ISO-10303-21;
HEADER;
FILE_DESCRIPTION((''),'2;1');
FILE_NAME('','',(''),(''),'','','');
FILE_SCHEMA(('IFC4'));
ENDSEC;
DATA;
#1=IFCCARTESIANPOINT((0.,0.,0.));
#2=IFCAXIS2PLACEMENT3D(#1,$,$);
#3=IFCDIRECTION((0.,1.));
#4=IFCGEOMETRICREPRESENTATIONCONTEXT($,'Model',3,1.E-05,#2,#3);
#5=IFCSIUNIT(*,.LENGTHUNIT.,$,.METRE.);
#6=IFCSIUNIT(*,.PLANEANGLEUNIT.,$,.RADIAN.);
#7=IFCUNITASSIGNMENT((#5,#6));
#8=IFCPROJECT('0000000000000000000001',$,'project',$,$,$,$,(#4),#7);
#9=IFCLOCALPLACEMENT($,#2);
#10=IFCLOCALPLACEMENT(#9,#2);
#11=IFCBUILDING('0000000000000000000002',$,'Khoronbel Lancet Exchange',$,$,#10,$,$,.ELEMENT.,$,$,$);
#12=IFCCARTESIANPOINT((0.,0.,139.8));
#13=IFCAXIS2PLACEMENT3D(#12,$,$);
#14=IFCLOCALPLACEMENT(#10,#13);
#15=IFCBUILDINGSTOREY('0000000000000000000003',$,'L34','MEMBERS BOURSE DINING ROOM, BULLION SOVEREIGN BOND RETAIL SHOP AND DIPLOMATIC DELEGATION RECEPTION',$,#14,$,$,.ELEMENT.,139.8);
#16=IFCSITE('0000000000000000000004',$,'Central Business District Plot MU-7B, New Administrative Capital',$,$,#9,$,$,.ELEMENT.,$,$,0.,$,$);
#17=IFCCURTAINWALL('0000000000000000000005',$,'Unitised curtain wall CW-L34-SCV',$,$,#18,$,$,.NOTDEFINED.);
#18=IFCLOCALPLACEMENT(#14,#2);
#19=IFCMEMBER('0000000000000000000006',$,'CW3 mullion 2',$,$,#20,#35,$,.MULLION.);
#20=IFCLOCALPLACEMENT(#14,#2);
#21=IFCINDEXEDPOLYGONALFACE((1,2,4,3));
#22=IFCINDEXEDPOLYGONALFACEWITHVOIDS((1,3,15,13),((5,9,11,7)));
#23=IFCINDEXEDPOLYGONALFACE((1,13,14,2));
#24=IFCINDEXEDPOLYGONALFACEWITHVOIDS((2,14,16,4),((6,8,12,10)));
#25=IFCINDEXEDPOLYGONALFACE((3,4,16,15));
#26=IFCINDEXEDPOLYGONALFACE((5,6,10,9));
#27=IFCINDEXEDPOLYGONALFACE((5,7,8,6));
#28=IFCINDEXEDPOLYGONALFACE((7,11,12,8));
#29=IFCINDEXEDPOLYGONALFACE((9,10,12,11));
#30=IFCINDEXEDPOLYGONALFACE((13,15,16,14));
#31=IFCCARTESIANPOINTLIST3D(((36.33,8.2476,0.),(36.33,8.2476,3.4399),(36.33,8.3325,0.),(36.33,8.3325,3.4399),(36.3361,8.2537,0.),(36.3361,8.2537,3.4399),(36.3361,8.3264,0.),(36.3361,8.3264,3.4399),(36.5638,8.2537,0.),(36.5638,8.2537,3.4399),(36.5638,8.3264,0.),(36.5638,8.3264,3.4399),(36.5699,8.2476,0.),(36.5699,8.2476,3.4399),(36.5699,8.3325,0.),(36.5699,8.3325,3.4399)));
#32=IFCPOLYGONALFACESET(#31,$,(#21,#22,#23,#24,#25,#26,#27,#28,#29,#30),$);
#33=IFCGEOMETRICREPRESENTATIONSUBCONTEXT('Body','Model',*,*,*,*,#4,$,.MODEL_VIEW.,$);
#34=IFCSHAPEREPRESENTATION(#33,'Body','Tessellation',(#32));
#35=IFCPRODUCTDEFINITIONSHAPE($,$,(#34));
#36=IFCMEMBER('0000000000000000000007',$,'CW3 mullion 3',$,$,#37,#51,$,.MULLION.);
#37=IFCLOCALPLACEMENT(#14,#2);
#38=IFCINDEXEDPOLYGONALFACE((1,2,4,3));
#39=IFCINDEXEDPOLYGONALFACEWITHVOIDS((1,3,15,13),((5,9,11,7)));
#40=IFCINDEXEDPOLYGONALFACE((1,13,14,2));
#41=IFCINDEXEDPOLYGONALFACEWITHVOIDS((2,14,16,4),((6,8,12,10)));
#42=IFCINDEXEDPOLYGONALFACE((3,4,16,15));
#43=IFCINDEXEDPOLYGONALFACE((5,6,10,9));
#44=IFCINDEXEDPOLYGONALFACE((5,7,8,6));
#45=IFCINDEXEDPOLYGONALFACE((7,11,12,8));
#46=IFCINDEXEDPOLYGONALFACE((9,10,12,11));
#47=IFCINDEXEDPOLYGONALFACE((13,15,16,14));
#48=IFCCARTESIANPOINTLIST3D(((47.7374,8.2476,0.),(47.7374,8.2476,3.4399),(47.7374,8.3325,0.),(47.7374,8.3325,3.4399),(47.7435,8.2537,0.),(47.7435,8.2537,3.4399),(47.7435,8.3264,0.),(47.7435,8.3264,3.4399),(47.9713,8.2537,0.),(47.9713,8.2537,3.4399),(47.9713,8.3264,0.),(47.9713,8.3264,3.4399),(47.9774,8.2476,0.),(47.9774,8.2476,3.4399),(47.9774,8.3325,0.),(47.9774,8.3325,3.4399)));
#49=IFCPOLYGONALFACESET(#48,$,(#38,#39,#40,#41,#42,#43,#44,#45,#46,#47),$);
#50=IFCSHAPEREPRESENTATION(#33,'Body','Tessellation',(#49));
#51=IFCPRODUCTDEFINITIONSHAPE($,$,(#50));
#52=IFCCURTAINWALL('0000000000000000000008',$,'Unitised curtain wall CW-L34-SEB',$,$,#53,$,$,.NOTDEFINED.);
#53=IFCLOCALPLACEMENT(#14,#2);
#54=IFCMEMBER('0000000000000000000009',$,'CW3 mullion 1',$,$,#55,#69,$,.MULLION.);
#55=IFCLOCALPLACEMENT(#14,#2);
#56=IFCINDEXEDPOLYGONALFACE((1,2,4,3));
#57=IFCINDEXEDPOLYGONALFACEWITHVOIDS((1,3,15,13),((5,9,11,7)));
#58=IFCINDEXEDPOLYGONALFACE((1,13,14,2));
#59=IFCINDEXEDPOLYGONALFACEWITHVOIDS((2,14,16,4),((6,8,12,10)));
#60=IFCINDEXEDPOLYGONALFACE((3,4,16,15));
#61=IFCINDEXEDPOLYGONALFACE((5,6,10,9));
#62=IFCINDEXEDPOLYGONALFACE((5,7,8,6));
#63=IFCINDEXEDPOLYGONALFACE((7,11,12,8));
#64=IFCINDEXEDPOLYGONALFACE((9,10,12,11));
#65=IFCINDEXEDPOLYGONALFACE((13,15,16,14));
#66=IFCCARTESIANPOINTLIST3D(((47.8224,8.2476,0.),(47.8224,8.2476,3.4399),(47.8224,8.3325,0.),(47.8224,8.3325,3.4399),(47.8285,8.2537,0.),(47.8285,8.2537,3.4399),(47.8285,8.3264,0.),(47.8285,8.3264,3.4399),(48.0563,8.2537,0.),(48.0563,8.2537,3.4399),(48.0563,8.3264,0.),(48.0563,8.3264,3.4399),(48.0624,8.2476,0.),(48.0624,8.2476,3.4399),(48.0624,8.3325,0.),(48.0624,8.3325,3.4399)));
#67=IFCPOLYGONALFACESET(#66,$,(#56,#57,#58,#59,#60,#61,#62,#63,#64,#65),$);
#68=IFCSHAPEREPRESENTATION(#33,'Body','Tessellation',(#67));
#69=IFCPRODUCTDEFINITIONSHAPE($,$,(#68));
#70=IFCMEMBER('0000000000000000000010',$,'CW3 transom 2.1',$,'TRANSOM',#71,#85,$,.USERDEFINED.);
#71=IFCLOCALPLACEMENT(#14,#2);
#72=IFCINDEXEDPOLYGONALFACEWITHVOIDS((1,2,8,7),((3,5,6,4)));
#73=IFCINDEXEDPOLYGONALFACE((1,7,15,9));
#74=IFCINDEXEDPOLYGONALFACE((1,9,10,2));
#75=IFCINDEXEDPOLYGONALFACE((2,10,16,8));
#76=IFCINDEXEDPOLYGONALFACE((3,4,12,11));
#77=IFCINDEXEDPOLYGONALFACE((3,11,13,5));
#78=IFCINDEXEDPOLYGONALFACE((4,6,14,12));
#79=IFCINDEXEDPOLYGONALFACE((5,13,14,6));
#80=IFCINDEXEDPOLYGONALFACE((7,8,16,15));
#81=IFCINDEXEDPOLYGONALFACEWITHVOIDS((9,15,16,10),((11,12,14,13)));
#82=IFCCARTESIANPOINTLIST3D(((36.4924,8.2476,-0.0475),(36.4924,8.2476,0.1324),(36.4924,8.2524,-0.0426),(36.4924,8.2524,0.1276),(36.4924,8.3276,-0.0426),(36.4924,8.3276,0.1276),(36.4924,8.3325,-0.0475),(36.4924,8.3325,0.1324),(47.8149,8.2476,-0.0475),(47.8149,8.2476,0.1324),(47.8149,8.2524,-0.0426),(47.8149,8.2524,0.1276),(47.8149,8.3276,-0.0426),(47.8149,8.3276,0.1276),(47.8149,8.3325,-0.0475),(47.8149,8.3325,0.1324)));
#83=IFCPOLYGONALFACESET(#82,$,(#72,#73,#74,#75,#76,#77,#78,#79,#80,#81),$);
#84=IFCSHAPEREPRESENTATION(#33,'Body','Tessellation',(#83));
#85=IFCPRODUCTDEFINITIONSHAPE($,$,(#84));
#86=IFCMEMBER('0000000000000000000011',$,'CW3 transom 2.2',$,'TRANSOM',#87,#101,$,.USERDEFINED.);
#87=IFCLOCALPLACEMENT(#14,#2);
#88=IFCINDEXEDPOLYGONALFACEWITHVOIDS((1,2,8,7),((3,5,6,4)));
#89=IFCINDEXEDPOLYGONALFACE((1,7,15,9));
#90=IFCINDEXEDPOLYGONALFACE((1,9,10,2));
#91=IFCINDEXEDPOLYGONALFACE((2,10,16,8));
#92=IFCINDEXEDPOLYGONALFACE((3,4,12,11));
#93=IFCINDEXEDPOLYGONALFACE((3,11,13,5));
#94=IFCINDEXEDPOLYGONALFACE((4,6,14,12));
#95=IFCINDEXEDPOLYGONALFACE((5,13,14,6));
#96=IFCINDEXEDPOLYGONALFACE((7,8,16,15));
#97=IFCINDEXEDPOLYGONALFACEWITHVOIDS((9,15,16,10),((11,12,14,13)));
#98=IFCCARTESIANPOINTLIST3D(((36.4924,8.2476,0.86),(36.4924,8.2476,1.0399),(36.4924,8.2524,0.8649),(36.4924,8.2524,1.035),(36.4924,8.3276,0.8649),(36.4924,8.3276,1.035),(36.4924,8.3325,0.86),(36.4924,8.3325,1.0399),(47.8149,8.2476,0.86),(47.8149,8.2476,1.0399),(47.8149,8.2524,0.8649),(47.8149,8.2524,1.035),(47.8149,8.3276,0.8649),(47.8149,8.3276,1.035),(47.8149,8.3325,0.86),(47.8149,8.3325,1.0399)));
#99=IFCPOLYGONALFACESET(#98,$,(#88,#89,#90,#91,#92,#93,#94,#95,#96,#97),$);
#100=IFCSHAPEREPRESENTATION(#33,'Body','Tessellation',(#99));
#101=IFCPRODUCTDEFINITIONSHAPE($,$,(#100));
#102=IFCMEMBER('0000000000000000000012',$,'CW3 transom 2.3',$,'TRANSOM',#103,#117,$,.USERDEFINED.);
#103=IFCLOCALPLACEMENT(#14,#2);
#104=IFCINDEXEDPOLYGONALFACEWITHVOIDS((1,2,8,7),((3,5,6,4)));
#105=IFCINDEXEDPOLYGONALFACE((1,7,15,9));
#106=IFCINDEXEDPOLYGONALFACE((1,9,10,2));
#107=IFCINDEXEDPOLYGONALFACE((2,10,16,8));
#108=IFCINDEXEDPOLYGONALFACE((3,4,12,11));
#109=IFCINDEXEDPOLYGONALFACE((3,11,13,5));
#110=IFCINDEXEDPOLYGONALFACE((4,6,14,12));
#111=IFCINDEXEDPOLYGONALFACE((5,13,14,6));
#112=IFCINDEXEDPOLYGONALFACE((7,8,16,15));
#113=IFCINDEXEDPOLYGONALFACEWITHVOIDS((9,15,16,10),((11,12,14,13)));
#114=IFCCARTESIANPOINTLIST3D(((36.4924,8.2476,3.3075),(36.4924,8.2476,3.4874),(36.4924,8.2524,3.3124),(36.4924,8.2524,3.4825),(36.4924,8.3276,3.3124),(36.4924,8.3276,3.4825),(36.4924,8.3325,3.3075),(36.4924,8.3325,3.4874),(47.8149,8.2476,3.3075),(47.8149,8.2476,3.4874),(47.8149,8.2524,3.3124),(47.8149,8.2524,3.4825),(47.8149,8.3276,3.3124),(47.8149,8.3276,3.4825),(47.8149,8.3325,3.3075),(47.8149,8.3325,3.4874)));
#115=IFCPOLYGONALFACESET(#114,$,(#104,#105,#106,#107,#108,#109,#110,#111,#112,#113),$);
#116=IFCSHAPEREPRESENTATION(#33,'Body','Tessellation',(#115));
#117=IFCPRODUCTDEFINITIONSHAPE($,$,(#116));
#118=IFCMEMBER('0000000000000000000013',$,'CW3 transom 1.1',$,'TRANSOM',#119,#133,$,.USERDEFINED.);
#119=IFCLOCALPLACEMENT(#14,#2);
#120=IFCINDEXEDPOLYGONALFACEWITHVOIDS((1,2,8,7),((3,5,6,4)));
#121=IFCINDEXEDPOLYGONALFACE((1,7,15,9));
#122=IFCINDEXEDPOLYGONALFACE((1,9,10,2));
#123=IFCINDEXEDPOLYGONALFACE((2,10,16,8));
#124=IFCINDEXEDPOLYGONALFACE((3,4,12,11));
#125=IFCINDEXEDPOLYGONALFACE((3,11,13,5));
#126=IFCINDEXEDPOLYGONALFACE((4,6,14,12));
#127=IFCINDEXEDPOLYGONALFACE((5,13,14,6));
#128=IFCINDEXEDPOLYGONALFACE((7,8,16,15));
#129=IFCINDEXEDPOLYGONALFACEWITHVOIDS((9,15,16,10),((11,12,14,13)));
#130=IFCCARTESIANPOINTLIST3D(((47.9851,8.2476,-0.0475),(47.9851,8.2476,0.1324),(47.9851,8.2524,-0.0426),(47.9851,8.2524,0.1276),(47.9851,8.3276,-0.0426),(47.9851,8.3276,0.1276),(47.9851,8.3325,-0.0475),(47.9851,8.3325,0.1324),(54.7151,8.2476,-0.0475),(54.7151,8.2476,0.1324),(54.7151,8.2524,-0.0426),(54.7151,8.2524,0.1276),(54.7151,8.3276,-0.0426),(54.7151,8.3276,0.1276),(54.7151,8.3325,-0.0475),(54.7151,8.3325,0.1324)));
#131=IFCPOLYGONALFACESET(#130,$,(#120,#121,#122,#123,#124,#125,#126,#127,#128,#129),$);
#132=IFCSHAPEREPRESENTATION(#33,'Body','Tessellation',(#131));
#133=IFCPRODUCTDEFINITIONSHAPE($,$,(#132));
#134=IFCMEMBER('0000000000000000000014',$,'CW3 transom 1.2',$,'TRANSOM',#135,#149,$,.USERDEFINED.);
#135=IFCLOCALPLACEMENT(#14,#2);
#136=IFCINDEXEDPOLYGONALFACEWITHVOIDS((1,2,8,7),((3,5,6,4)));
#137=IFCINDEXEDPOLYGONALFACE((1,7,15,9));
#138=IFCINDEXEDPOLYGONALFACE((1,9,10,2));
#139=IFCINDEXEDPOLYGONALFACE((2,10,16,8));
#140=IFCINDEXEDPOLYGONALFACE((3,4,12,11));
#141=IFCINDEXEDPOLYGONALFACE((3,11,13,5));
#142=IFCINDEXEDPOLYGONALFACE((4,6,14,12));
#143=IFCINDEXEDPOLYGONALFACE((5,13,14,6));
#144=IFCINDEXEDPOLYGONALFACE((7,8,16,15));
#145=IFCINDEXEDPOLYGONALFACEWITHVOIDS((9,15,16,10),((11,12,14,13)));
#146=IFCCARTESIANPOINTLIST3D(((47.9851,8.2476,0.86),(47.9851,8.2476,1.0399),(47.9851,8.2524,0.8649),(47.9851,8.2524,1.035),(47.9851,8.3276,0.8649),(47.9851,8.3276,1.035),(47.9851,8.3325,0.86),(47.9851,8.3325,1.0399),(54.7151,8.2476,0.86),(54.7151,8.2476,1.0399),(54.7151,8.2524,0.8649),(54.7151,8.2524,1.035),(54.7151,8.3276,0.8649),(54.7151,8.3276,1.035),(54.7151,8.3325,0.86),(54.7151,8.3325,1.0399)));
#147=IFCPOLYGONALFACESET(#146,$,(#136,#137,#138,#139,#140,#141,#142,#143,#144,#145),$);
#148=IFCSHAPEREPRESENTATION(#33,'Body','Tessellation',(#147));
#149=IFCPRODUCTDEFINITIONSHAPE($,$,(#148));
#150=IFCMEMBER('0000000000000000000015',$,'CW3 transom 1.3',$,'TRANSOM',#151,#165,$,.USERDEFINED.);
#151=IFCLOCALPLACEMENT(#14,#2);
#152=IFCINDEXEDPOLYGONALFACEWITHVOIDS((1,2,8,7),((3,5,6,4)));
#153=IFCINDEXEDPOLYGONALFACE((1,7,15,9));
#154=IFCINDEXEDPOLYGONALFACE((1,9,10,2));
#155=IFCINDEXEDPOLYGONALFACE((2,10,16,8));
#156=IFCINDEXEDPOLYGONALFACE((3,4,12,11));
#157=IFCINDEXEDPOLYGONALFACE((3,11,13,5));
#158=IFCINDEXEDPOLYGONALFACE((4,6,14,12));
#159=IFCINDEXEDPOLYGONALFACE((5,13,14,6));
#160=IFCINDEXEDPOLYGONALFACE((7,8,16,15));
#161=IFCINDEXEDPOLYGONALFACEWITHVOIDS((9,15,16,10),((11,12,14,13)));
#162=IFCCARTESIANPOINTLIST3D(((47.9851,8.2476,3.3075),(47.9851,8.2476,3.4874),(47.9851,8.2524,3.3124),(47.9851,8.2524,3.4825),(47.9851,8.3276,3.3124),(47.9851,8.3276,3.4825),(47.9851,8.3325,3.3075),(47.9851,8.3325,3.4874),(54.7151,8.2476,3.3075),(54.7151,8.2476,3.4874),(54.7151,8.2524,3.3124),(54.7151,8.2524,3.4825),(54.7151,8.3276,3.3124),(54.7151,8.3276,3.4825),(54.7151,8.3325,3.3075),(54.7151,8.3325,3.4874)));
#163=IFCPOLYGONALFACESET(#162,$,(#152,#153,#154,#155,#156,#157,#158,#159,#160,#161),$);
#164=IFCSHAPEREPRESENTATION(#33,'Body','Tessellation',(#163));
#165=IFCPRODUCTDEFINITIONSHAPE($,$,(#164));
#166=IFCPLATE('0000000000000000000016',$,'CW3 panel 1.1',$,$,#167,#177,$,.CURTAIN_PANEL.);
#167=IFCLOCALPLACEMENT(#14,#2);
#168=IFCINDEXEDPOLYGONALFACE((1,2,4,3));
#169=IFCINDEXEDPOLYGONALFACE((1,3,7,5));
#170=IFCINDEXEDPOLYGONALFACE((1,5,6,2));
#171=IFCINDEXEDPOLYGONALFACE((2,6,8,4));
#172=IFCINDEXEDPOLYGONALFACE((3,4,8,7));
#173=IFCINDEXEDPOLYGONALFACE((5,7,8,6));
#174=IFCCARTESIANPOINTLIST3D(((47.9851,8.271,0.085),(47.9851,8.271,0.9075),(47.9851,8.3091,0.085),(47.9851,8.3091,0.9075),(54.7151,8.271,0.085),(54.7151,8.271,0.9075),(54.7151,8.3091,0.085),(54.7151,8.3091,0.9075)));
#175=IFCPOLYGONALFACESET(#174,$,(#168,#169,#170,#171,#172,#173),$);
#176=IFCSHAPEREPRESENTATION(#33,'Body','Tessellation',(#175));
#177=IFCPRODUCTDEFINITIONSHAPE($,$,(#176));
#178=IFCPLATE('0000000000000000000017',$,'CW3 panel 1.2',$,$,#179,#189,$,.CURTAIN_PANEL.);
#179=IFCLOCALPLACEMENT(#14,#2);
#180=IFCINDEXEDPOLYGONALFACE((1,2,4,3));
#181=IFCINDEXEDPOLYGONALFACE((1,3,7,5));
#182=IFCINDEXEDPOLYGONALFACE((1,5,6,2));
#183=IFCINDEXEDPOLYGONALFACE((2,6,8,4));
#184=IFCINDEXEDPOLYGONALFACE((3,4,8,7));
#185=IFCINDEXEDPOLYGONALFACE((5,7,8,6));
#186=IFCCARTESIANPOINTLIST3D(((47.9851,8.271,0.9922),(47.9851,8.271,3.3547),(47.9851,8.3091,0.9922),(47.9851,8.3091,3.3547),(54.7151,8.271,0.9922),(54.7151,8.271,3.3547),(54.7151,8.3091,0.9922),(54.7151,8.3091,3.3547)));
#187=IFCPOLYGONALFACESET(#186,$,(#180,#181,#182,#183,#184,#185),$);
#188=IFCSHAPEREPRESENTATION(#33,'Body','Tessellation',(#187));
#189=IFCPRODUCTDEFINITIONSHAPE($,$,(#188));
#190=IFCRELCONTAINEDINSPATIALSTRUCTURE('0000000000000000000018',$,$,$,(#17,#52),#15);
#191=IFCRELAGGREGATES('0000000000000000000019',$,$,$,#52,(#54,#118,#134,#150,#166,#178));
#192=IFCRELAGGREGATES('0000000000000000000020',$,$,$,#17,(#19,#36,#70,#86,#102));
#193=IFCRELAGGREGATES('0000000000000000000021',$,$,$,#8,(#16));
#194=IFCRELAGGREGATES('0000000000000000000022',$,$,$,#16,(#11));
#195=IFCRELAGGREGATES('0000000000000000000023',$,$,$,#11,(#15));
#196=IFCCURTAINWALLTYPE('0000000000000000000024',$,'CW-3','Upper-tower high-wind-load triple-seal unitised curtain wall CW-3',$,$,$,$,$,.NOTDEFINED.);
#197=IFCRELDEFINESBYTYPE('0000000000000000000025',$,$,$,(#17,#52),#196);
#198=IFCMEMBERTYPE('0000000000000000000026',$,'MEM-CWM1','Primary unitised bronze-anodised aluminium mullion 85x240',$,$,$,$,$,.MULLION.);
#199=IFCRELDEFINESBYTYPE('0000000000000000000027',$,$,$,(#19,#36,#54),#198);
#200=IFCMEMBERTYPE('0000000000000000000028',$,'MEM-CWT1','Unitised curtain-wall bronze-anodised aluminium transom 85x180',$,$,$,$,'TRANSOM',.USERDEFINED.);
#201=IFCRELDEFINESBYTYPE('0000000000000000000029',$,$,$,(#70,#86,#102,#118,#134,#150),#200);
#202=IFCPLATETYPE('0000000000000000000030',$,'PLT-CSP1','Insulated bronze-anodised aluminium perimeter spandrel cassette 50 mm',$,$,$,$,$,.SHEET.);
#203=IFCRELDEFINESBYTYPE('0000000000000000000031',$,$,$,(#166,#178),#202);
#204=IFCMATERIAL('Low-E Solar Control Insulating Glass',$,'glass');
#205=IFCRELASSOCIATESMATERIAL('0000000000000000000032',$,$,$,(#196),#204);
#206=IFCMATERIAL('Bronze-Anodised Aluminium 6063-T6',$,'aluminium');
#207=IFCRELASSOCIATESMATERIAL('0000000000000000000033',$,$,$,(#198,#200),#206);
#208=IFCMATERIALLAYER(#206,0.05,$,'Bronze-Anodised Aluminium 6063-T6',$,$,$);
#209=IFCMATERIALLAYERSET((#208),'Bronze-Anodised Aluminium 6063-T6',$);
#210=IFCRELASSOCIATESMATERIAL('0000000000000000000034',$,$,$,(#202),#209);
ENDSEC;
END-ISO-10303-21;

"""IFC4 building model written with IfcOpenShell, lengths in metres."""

from ifc_helpers import new_model, si_unit, direction, frame, origin, origin_2d, place, context, subcontext, project, spatial, rectangle, hollow_rectangle, extrude, material, layer, layer_set, material_profile, profile_set, type_object, element, aggregate, save


model = new_model("IFC4")

# Units and contexts
model_context = context("Model", 3, precision=1e-05, world=origin(), true_north=direction((0.0, 1.0)))
body_context = subcontext(model_context, "Body", "Model", "MODEL_VIEW")
ifc_project = project(units=[si_unit("LENGTHUNIT", "METRE"), si_unit("PLANEANGLEUNIT", "RADIAN")], contexts=[model_context])

# Site, building, storey
site_placement = place(None, origin())
site = spatial("IfcSite", under=ifc_project, at=site_placement, Name="Central Business District Plot MU-7B, New Administrative Capital", CompositionType="ELEMENT", RefElevation=0.0)
building_placement = place(site_placement, origin())
building = spatial("IfcBuilding", under=site, at=building_placement, Name="Khoronbel Lancet Exchange", CompositionType="ELEMENT")
storey_placement = place(building_placement, frame((0.0, 0.0, 139.8)))
storey = spatial("IfcBuildingStorey", under=building, at=storey_placement, Name="L34", Description="MEMBERS BOURSE DINING ROOM, BULLION SOVEREIGN BOND RETAIL SHOP AND DIPLOMATIC DELEGATION RECEPTION", CompositionType="ELEMENT", Elevation=139.8)

# Curtain wall, members
ifc_material_1 = material(Name="Low-E Solar Control Insulating Glass", Category="glass")
curtain_wall_type = type_object("IfcCurtainWallType", Name="CW-3", Description="Upper-tower high-wind-load triple-seal unitised curtain wall CW-3", PredefinedType="NOTDEFINED", material=ifc_material_1)
curtain_wall_1_placement = place(storey_placement, origin())
curtain_wall_1 = element("IfcCurtainWall", 1, at=curtain_wall_1_placement, inside=storey, type_object=curtain_wall_type, Name="Unitised curtain wall CW-L34-SCV", PredefinedType="NOTDEFINED")
ifc_material_2 = material(Name="Bronze-Anodised Aluminium 6063-T6", Category="aluminium")
ifc_material_profile_1 = material_profile(ifc_material_2, hollow_rectangle(XDim=0.085, YDim=0.24, WallThickness=0.0061, at=origin_2d()), Name="ALU MULLION 85x240")
ifc_profile_set_1 = profile_set([ifc_material_profile_1], Name="Bronze-Anodised Aluminium 6063-T6")
member_type_1 = type_object("IfcMemberType", Name="MEM-CWM1", Description="Primary unitised bronze-anodised aluminium mullion 85x240", PredefinedType="MULLION", material=ifc_profile_set_1)
member_1_placement = place(storey_placement, frame((36.45, 8.29, 0.0), z_axis=(0.0, 0.0, 1.0), x_axis=(0.0, 1.0, 0.0)))
member_1 = element("IfcMember", 2, at=member_1_placement, type_object=member_type_1, Name="CW3 mullion 2", PredefinedType="MULLION", context=body_context, shape_type="SweptSolid", body=[
    extrude(hollow_rectangle(XDim=0.085, YDim=0.24, WallThickness=0.0061, at=origin_2d()), origin(), (0.0, 0.0, 1.0), 3.4399),
])
member_2_placement = place(storey_placement, frame((47.8574, 8.29, 0.0), z_axis=(0.0, 0.0, 1.0), x_axis=(0.0, 1.0, 0.0)))
member_2 = element("IfcMember", 3, at=member_2_placement, type_object=member_type_1, Name="CW3 mullion 3", PredefinedType="MULLION", context=body_context, shape_type="SweptSolid", body=[
    extrude(hollow_rectangle(XDim=0.085, YDim=0.24, WallThickness=0.0061, at=origin_2d()), origin(), (0.0, 0.0, 1.0), 3.4399),
])

# Curtain wall, member
curtain_wall_2_placement = place(storey_placement, origin())
curtain_wall_2 = element("IfcCurtainWall", 4, at=curtain_wall_2_placement, inside=storey, type_object=curtain_wall_type, Name="Unitised curtain wall CW-L34-SEB", PredefinedType="NOTDEFINED")
member_3_placement = place(storey_placement, frame((47.9424, 8.29, 0.0), z_axis=(0.0, 0.0, 1.0), x_axis=(0.0, 1.0, 0.0)))
member_3 = element("IfcMember", 5, at=member_3_placement, type_object=member_type_1, Name="CW3 mullion 1", PredefinedType="MULLION", context=body_context, shape_type="SweptSolid", body=[
    extrude(hollow_rectangle(XDim=0.085, YDim=0.24, WallThickness=0.0061, at=origin_2d()), origin(), (0.0, 0.0, 1.0), 3.4399),
])

# Members
ifc_material_profile_2 = material_profile(ifc_material_2, hollow_rectangle(XDim=0.085, YDim=0.1799, WallThickness=0.0049, at=origin_2d()), Name="ALU TRANSOM 85x180")
ifc_profile_set_2 = profile_set([ifc_material_profile_2], Name="Bronze-Anodised Aluminium 6063-T6")
member_type_2 = type_object("IfcMemberType", Name="MEM-CWT1", Description="Unitised curtain-wall bronze-anodised aluminium transom 85x180", ElementType="TRANSOM", PredefinedType="USERDEFINED", material=ifc_profile_set_2)
member_4_placement = place(storey_placement, frame((36.4924, 8.29, 0.0425), z_axis=(1.0, 0.0, 0.0), x_axis=(0.0, 1.0, 0.0)))
member_4 = element("IfcMember", 6, at=member_4_placement, type_object=member_type_2, Name="CW3 transom 2.1", ObjectType="TRANSOM", PredefinedType="USERDEFINED", context=body_context, shape_type="SweptSolid", body=[
    extrude(hollow_rectangle(XDim=0.085, YDim=0.1799, WallThickness=0.0049, at=origin_2d()), origin(), (0.0, 0.0, 1.0), 11.3225),
])
member_5_placement = place(storey_placement, frame((36.4924, 8.29, 0.95), z_axis=(1.0, 0.0, 0.0), x_axis=(0.0, 1.0, 0.0)))
member_5 = element("IfcMember", 7, at=member_5_placement, type_object=member_type_2, Name="CW3 transom 2.2", ObjectType="TRANSOM", PredefinedType="USERDEFINED", context=body_context, shape_type="SweptSolid", body=[
    extrude(hollow_rectangle(XDim=0.085, YDim=0.1799, WallThickness=0.0049, at=origin_2d()), origin(), (0.0, 0.0, 1.0), 11.3225),
])
member_6_placement = place(storey_placement, frame((36.4924, 8.29, 3.3975), z_axis=(1.0, 0.0, 0.0), x_axis=(0.0, 1.0, 0.0)))
member_6 = element("IfcMember", 8, at=member_6_placement, type_object=member_type_2, Name="CW3 transom 2.3", ObjectType="TRANSOM", PredefinedType="USERDEFINED", context=body_context, shape_type="SweptSolid", body=[
    extrude(hollow_rectangle(XDim=0.085, YDim=0.1799, WallThickness=0.0049, at=origin_2d()), origin(), (0.0, 0.0, 1.0), 11.3225),
])
member_7_placement = place(storey_placement, frame((47.9851, 8.29, 0.0425), z_axis=(1.0, 0.0, 0.0), x_axis=(0.0, 1.0, 0.0)))
member_7 = element("IfcMember", 9, at=member_7_placement, type_object=member_type_2, Name="CW3 transom 1.1", ObjectType="TRANSOM", PredefinedType="USERDEFINED", context=body_context, shape_type="SweptSolid", body=[
    extrude(hollow_rectangle(XDim=0.085, YDim=0.1799, WallThickness=0.0049, at=origin_2d()), origin(), (0.0, 0.0, 1.0), 6.73),
])
member_8_placement = place(storey_placement, frame((47.9851, 8.29, 0.95), z_axis=(1.0, 0.0, 0.0), x_axis=(0.0, 1.0, 0.0)))
member_8 = element("IfcMember", 10, at=member_8_placement, type_object=member_type_2, Name="CW3 transom 1.2", ObjectType="TRANSOM", PredefinedType="USERDEFINED", context=body_context, shape_type="SweptSolid", body=[
    extrude(hollow_rectangle(XDim=0.085, YDim=0.1799, WallThickness=0.0049, at=origin_2d()), origin(), (0.0, 0.0, 1.0), 6.73),
])
member_9_placement = place(storey_placement, frame((47.9851, 8.29, 3.3975), z_axis=(1.0, 0.0, 0.0), x_axis=(0.0, 1.0, 0.0)))
member_9 = element("IfcMember", 11, at=member_9_placement, type_object=member_type_2, Name="CW3 transom 1.3", ObjectType="TRANSOM", PredefinedType="USERDEFINED", context=body_context, shape_type="SweptSolid", body=[
    extrude(hollow_rectangle(XDim=0.085, YDim=0.1799, WallThickness=0.0049, at=origin_2d()), origin(), (0.0, 0.0, 1.0), 6.73),
])

# Plates
ifc_layer_1 = layer(ifc_material_2, 0.05, Name="Bronze-Anodised Aluminium 6063-T6")
ifc_layer_set_1 = layer_set([ifc_layer_1], Name="Bronze-Anodised Aluminium 6063-T6")
plate_type_1 = type_object("IfcPlateType", Name="PLT-CSP1", Description="Insulated bronze-anodised aluminium perimeter spandrel cassette 50 mm", PredefinedType="SHEET", material=ifc_layer_set_1)
plate_1_placement = place(storey_placement, frame((51.3501, 8.29, 0.085), z_axis=(0.0, 0.0, 1.0), x_axis=(1.0, 0.0, 0.0)))
plate_1 = element("IfcPlate", 12, at=plate_1_placement, type_object=plate_type_1, Name="CW3 panel 1.1", PredefinedType="CURTAIN_PANEL", context=body_context, shape_type="SweptSolid", body=[
    extrude(rectangle(XDim=6.73, YDim=0.0381, at=origin_2d()), origin(), (0.0, 0.0, 1.0), 0.8225),
])
plate_2_placement = place(storey_placement, frame((51.3501, 8.29, 0.9922), z_axis=(0.0, 0.0, 1.0), x_axis=(1.0, 0.0, 0.0)))
plate_2 = element("IfcPlate", 13, at=plate_2_placement, type_object=plate_type_1, Name="CW3 panel 1.2", PredefinedType="CURTAIN_PANEL", context=body_context, shape_type="SweptSolid", body=[
    extrude(rectangle(XDim=6.73, YDim=0.0381, at=origin_2d()), origin(), (0.0, 0.0, 1.0), 2.3625),
])
aggregate(curtain_wall_2, [member_3, member_7, member_8, member_9, plate_1, plate_2])
aggregate(curtain_wall_1, [member_1, member_2, member_4, member_5, member_6])

save(model, "model.ifc")
